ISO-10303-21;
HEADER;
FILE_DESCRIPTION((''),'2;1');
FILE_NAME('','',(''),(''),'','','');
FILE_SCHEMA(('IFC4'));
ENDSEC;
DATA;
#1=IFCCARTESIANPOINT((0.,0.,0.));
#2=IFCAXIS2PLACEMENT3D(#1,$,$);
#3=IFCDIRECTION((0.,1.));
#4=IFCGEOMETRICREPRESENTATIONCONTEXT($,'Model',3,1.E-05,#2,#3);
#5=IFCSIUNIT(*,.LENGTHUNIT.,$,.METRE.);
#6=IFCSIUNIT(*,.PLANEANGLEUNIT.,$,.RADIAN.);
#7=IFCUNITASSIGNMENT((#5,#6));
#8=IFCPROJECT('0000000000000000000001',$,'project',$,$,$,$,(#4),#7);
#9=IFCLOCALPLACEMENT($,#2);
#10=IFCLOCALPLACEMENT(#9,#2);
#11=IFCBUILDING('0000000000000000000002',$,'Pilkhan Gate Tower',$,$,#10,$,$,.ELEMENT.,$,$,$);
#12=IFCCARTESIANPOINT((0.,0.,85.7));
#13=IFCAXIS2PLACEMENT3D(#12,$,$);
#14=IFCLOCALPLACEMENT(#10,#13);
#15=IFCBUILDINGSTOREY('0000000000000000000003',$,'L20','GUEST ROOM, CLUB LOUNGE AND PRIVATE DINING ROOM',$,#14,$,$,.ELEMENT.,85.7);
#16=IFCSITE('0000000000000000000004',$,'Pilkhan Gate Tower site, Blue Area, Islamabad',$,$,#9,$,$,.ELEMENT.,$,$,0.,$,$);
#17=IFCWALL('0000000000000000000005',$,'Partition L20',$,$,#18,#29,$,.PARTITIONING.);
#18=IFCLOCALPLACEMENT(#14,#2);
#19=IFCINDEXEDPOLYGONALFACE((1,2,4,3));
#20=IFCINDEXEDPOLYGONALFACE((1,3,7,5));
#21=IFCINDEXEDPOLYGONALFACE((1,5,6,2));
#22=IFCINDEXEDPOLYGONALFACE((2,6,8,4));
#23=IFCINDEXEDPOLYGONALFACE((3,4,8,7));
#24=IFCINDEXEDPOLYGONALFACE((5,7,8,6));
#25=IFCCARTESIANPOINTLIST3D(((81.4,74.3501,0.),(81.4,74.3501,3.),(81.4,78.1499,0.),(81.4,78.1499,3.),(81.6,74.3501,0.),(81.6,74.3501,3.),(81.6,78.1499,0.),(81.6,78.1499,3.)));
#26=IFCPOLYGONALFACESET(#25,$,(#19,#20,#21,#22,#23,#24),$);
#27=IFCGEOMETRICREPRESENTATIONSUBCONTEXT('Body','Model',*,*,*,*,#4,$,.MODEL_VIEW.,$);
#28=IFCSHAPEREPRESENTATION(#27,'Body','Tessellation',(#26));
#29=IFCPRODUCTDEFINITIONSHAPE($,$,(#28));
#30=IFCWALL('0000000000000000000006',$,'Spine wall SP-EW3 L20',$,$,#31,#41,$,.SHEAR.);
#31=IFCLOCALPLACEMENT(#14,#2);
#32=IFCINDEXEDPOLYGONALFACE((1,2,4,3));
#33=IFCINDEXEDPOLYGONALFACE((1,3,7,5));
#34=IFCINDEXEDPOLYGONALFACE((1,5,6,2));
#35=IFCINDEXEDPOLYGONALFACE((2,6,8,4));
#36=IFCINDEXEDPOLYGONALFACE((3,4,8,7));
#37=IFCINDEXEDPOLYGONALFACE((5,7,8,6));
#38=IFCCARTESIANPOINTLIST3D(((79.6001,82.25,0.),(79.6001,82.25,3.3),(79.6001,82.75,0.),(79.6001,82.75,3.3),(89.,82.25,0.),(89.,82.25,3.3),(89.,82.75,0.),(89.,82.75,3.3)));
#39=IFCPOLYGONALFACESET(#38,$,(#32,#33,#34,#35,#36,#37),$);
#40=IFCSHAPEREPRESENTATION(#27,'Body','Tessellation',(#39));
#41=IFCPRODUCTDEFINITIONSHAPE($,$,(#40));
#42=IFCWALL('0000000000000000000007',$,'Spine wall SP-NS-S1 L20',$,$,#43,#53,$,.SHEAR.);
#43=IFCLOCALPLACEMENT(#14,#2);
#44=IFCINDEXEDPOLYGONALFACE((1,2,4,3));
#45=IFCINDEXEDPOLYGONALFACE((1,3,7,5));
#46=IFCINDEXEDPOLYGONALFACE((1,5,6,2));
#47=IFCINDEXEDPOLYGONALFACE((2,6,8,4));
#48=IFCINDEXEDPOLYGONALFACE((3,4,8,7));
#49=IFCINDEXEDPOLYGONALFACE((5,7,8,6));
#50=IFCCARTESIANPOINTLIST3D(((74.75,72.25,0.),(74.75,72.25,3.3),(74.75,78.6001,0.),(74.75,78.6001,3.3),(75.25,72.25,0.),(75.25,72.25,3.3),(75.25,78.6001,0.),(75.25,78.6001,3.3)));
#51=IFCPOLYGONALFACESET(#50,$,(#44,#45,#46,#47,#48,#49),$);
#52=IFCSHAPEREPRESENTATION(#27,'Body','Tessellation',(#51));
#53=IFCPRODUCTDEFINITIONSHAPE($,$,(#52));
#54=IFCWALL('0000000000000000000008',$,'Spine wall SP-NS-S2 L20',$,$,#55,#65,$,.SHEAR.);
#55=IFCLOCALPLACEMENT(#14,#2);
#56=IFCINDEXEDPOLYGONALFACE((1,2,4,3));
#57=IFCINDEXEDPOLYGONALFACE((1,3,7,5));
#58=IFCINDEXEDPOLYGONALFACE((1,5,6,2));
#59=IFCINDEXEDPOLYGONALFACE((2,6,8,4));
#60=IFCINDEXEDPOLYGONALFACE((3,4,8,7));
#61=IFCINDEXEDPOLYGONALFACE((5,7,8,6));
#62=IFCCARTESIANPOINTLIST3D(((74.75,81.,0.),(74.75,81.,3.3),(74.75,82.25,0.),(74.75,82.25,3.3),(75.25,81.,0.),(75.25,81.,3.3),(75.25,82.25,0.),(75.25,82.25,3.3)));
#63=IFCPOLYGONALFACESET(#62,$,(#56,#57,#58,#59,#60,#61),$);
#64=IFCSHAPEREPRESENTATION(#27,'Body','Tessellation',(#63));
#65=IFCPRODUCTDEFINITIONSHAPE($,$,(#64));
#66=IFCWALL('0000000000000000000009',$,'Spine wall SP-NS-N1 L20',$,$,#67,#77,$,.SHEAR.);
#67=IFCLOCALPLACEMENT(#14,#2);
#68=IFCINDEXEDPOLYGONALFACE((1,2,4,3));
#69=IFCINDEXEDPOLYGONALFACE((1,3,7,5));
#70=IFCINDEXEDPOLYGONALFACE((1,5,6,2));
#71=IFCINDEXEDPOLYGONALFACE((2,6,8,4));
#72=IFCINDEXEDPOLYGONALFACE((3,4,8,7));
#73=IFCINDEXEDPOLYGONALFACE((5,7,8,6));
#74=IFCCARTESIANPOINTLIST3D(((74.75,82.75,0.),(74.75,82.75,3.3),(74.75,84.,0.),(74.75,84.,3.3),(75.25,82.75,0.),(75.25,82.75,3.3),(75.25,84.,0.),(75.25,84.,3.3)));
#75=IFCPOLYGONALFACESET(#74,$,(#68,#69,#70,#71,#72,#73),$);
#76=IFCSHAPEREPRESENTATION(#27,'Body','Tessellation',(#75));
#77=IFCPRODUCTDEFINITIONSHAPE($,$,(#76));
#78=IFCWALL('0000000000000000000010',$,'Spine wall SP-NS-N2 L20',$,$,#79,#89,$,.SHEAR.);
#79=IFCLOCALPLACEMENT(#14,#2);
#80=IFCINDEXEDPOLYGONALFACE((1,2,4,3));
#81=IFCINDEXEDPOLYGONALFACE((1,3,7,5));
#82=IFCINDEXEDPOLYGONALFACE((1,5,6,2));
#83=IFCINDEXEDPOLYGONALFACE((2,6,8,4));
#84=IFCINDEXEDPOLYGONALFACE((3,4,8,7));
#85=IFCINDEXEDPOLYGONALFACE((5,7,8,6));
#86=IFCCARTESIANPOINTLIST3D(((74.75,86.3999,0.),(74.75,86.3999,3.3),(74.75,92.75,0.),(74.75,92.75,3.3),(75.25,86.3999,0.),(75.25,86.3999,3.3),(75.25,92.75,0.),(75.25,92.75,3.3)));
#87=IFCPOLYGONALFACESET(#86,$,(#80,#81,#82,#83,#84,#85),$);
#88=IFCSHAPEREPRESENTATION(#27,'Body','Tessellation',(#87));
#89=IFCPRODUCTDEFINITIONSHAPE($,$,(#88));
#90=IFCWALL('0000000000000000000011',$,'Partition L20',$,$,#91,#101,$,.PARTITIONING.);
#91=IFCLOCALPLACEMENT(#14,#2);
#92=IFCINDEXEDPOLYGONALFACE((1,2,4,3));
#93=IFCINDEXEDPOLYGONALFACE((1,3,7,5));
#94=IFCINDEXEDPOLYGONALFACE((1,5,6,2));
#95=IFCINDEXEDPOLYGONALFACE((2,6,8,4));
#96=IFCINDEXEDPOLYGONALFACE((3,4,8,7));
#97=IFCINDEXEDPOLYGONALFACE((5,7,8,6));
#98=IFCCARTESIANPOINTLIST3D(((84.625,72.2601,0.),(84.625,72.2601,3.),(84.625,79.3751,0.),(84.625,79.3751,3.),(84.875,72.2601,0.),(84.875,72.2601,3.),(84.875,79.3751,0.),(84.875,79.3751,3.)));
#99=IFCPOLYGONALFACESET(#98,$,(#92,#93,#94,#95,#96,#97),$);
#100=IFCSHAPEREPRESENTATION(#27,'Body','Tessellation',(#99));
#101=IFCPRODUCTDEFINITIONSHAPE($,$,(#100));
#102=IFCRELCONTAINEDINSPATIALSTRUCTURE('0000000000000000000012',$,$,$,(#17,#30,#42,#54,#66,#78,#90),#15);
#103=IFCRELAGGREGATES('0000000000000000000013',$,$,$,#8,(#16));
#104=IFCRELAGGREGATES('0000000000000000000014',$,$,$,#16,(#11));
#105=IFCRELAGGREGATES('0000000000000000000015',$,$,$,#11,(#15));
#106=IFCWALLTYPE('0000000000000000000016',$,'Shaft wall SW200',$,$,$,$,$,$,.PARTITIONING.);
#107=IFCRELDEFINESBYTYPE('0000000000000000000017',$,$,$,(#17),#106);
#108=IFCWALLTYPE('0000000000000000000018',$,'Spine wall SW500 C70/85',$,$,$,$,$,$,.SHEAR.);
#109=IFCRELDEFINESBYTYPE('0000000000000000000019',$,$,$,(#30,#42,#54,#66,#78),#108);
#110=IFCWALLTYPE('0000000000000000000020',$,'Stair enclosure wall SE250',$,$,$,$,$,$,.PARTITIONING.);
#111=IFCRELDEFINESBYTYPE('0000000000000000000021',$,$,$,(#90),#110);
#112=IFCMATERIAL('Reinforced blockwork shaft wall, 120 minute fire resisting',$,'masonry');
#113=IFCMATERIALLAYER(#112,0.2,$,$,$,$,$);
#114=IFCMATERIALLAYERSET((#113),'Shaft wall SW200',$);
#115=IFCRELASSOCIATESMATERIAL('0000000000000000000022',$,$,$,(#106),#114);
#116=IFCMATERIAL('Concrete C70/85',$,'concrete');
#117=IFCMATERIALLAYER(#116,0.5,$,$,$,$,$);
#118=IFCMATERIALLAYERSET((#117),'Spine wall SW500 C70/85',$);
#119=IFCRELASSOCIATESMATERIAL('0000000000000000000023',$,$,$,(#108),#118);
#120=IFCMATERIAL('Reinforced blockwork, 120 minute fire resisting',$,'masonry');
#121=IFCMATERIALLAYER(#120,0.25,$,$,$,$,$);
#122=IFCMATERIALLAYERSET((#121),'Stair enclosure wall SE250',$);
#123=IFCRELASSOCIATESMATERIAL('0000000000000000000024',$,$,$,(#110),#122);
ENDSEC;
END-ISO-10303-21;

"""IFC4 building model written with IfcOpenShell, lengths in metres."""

from ifc_helpers import new_model, si_unit, direction, frame, frame_2d, origin, place, context, subcontext, project, spatial, rectangle, extrude, material, layer, layer_set, type_object, element, save


model = new_model("IFC4")

# Units and contexts
model_context = context("Model", 3, precision=1e-05, world=origin(), true_north=direction((0.0, 1.0)))
body_context = subcontext(model_context, "Body", "Model", "MODEL_VIEW")
ifc_project = project(units=[si_unit("LENGTHUNIT", "METRE"), si_unit("PLANEANGLEUNIT", "RADIAN")], contexts=[model_context])

# Site, building, storey
site_placement = place(None, origin())
site = spatial("IfcSite", under=ifc_project, at=site_placement, Name="Pilkhan Gate Tower site, Blue Area, Islamabad", CompositionType="ELEMENT", RefElevation=0.0)
building_placement = place(site_placement, origin())
building = spatial("IfcBuilding", under=site, at=building_placement, Name="Pilkhan Gate Tower", CompositionType="ELEMENT")
storey_placement = place(building_placement, frame((0.0, 0.0, 85.7)))
storey = spatial("IfcBuildingStorey", under=building, at=storey_placement, Name="L20", Description="GUEST ROOM, CLUB LOUNGE AND PRIVATE DINING ROOM", CompositionType="ELEMENT", Elevation=85.7)

# Shared definitions
ifc_material_1 = material(Name="Concrete C70/85", Category="concrete")

# Shared definitions
ifc_material_2 = material(Name="Reinforced blockwork shaft wall, 120 minute fire resisting", Category="masonry")
ifc_layer_1 = layer(ifc_material_2, 0.2)
ifc_layer_set_1 = layer_set([ifc_layer_1], Name="Shaft wall SW200")
wall_type_1 = type_object("IfcWallType", Name="Shaft wall SW200", PredefinedType="PARTITIONING", material=ifc_layer_set_1)

# Walls
for number, where, z_axis, x_axis, name in (
    (1, (81.5, 74.3501, 0.0), (0.0, 0.0, 1.0), (0.0, 1.0, 0.0), "Partition L20"),
):
    element("IfcWall", number, at=place(storey_placement, frame(where, z_axis=z_axis, x_axis=x_axis)), inside=storey, type_object=wall_type_1, Name=name, PredefinedType="PARTITIONING", context=body_context, shape_type="SweptSolid", body=[
        extrude(rectangle(XDim=3.7998, YDim=0.2, at=frame_2d((1.8999, 0.0))), origin(), (0.0, 0.0, 1.0), 3.0),
    ])
ifc_layer_2 = layer(ifc_material_1, 0.5)
ifc_layer_set_2 = layer_set([ifc_layer_2], Name="Spine wall SW500 C70/85")
wall_type_2 = type_object("IfcWallType", Name="Spine wall SW500 C70/85", PredefinedType="SHEAR", material=ifc_layer_set_2)
wall_1_placement = place(storey_placement, frame((79.6001, 82.5, 0.0), z_axis=(0.0, 0.0, 1.0), x_axis=(1.0, 0.0, 0.0)))
element("IfcWall", 2, at=wall_1_placement, inside=storey, type_object=wall_type_2, Name="Spine wall SP-EW3 L20", PredefinedType="SHEAR", context=body_context, shape_type="SweptSolid", body=[
    extrude(rectangle(XDim=9.3999, YDim=0.5, at=frame_2d((4.7, 0.0))), origin(), (0.0, 0.0, 1.0), 3.3),
])
wall_2_placement = place(storey_placement, frame((75.0, 72.25, 0.0), z_axis=(0.0, 0.0, 1.0), x_axis=(0.0, 1.0, 0.0)))
element("IfcWall", 3, at=wall_2_placement, inside=storey, type_object=wall_type_2, Name="Spine wall SP-NS-S1 L20", PredefinedType="SHEAR", context=body_context, shape_type="SweptSolid", body=[
    extrude(rectangle(XDim=6.3501, YDim=0.5, at=frame_2d((3.175, 0.0))), origin(), (0.0, 0.0, 1.0), 3.3),
])
for number, where, z_axis, x_axis, name in (
    (4, (75.0, 81.0, 0.0), (0.0, 0.0, 1.0), (0.0, 1.0, 0.0), "Spine wall SP-NS-S2 L20"),
    (5, (75.0, 82.75, 0.0), (0.0, 0.0, 1.0), (0.0, 1.0, 0.0), "Spine wall SP-NS-N1 L20"),
):
    element("IfcWall", number, at=place(storey_placement, frame(where, z_axis=z_axis, x_axis=x_axis)), inside=storey, type_object=wall_type_2, Name=name, PredefinedType="SHEAR", context=body_context, shape_type="SweptSolid", body=[
        extrude(rectangle(XDim=1.25, YDim=0.5, at=frame_2d((0.625, 0.0))), origin(), (0.0, 0.0, 1.0), 3.3),
    ])
wall_3_placement = place(storey_placement, frame((75.0, 86.3999, 0.0), z_axis=(0.0, 0.0, 1.0), x_axis=(0.0, 1.0, 0.0)))
element("IfcWall", 6, at=wall_3_placement, inside=storey, type_object=wall_type_2, Name="Spine wall SP-NS-N2 L20", PredefinedType="SHEAR", context=body_context, shape_type="SweptSolid", body=[
    extrude(rectangle(XDim=6.3501, YDim=0.5, at=frame_2d((3.175, 0.0))), origin(), (0.0, 0.0, 1.0), 3.3),
])
ifc_material_3 = material(Name="Reinforced blockwork, 120 minute fire resisting", Category="masonry")
ifc_layer_3 = layer(ifc_material_3, 0.25)
ifc_layer_set_3 = layer_set([ifc_layer_3], Name="Stair enclosure wall SE250")
wall_type_3 = type_object("IfcWallType", Name="Stair enclosure wall SE250", PredefinedType="PARTITIONING", material=ifc_layer_set_3)
wall_4_placement = place(storey_placement, frame((84.75, 72.26, 0.0), z_axis=(0.0, 0.0, 1.0), x_axis=(0.0, 1.0, 0.0)))
element("IfcWall", 7, at=wall_4_placement, inside=storey, type_object=wall_type_3, Name="Partition L20", PredefinedType="PARTITIONING", context=body_context, shape_type="SweptSolid", body=[
    extrude(rectangle(XDim=7.115, YDim=0.25, at=frame_2d((3.5576, 0.0))), origin(), (0.0, 0.0, 1.0), 3.0),
])

save(model, "model.ifc")
